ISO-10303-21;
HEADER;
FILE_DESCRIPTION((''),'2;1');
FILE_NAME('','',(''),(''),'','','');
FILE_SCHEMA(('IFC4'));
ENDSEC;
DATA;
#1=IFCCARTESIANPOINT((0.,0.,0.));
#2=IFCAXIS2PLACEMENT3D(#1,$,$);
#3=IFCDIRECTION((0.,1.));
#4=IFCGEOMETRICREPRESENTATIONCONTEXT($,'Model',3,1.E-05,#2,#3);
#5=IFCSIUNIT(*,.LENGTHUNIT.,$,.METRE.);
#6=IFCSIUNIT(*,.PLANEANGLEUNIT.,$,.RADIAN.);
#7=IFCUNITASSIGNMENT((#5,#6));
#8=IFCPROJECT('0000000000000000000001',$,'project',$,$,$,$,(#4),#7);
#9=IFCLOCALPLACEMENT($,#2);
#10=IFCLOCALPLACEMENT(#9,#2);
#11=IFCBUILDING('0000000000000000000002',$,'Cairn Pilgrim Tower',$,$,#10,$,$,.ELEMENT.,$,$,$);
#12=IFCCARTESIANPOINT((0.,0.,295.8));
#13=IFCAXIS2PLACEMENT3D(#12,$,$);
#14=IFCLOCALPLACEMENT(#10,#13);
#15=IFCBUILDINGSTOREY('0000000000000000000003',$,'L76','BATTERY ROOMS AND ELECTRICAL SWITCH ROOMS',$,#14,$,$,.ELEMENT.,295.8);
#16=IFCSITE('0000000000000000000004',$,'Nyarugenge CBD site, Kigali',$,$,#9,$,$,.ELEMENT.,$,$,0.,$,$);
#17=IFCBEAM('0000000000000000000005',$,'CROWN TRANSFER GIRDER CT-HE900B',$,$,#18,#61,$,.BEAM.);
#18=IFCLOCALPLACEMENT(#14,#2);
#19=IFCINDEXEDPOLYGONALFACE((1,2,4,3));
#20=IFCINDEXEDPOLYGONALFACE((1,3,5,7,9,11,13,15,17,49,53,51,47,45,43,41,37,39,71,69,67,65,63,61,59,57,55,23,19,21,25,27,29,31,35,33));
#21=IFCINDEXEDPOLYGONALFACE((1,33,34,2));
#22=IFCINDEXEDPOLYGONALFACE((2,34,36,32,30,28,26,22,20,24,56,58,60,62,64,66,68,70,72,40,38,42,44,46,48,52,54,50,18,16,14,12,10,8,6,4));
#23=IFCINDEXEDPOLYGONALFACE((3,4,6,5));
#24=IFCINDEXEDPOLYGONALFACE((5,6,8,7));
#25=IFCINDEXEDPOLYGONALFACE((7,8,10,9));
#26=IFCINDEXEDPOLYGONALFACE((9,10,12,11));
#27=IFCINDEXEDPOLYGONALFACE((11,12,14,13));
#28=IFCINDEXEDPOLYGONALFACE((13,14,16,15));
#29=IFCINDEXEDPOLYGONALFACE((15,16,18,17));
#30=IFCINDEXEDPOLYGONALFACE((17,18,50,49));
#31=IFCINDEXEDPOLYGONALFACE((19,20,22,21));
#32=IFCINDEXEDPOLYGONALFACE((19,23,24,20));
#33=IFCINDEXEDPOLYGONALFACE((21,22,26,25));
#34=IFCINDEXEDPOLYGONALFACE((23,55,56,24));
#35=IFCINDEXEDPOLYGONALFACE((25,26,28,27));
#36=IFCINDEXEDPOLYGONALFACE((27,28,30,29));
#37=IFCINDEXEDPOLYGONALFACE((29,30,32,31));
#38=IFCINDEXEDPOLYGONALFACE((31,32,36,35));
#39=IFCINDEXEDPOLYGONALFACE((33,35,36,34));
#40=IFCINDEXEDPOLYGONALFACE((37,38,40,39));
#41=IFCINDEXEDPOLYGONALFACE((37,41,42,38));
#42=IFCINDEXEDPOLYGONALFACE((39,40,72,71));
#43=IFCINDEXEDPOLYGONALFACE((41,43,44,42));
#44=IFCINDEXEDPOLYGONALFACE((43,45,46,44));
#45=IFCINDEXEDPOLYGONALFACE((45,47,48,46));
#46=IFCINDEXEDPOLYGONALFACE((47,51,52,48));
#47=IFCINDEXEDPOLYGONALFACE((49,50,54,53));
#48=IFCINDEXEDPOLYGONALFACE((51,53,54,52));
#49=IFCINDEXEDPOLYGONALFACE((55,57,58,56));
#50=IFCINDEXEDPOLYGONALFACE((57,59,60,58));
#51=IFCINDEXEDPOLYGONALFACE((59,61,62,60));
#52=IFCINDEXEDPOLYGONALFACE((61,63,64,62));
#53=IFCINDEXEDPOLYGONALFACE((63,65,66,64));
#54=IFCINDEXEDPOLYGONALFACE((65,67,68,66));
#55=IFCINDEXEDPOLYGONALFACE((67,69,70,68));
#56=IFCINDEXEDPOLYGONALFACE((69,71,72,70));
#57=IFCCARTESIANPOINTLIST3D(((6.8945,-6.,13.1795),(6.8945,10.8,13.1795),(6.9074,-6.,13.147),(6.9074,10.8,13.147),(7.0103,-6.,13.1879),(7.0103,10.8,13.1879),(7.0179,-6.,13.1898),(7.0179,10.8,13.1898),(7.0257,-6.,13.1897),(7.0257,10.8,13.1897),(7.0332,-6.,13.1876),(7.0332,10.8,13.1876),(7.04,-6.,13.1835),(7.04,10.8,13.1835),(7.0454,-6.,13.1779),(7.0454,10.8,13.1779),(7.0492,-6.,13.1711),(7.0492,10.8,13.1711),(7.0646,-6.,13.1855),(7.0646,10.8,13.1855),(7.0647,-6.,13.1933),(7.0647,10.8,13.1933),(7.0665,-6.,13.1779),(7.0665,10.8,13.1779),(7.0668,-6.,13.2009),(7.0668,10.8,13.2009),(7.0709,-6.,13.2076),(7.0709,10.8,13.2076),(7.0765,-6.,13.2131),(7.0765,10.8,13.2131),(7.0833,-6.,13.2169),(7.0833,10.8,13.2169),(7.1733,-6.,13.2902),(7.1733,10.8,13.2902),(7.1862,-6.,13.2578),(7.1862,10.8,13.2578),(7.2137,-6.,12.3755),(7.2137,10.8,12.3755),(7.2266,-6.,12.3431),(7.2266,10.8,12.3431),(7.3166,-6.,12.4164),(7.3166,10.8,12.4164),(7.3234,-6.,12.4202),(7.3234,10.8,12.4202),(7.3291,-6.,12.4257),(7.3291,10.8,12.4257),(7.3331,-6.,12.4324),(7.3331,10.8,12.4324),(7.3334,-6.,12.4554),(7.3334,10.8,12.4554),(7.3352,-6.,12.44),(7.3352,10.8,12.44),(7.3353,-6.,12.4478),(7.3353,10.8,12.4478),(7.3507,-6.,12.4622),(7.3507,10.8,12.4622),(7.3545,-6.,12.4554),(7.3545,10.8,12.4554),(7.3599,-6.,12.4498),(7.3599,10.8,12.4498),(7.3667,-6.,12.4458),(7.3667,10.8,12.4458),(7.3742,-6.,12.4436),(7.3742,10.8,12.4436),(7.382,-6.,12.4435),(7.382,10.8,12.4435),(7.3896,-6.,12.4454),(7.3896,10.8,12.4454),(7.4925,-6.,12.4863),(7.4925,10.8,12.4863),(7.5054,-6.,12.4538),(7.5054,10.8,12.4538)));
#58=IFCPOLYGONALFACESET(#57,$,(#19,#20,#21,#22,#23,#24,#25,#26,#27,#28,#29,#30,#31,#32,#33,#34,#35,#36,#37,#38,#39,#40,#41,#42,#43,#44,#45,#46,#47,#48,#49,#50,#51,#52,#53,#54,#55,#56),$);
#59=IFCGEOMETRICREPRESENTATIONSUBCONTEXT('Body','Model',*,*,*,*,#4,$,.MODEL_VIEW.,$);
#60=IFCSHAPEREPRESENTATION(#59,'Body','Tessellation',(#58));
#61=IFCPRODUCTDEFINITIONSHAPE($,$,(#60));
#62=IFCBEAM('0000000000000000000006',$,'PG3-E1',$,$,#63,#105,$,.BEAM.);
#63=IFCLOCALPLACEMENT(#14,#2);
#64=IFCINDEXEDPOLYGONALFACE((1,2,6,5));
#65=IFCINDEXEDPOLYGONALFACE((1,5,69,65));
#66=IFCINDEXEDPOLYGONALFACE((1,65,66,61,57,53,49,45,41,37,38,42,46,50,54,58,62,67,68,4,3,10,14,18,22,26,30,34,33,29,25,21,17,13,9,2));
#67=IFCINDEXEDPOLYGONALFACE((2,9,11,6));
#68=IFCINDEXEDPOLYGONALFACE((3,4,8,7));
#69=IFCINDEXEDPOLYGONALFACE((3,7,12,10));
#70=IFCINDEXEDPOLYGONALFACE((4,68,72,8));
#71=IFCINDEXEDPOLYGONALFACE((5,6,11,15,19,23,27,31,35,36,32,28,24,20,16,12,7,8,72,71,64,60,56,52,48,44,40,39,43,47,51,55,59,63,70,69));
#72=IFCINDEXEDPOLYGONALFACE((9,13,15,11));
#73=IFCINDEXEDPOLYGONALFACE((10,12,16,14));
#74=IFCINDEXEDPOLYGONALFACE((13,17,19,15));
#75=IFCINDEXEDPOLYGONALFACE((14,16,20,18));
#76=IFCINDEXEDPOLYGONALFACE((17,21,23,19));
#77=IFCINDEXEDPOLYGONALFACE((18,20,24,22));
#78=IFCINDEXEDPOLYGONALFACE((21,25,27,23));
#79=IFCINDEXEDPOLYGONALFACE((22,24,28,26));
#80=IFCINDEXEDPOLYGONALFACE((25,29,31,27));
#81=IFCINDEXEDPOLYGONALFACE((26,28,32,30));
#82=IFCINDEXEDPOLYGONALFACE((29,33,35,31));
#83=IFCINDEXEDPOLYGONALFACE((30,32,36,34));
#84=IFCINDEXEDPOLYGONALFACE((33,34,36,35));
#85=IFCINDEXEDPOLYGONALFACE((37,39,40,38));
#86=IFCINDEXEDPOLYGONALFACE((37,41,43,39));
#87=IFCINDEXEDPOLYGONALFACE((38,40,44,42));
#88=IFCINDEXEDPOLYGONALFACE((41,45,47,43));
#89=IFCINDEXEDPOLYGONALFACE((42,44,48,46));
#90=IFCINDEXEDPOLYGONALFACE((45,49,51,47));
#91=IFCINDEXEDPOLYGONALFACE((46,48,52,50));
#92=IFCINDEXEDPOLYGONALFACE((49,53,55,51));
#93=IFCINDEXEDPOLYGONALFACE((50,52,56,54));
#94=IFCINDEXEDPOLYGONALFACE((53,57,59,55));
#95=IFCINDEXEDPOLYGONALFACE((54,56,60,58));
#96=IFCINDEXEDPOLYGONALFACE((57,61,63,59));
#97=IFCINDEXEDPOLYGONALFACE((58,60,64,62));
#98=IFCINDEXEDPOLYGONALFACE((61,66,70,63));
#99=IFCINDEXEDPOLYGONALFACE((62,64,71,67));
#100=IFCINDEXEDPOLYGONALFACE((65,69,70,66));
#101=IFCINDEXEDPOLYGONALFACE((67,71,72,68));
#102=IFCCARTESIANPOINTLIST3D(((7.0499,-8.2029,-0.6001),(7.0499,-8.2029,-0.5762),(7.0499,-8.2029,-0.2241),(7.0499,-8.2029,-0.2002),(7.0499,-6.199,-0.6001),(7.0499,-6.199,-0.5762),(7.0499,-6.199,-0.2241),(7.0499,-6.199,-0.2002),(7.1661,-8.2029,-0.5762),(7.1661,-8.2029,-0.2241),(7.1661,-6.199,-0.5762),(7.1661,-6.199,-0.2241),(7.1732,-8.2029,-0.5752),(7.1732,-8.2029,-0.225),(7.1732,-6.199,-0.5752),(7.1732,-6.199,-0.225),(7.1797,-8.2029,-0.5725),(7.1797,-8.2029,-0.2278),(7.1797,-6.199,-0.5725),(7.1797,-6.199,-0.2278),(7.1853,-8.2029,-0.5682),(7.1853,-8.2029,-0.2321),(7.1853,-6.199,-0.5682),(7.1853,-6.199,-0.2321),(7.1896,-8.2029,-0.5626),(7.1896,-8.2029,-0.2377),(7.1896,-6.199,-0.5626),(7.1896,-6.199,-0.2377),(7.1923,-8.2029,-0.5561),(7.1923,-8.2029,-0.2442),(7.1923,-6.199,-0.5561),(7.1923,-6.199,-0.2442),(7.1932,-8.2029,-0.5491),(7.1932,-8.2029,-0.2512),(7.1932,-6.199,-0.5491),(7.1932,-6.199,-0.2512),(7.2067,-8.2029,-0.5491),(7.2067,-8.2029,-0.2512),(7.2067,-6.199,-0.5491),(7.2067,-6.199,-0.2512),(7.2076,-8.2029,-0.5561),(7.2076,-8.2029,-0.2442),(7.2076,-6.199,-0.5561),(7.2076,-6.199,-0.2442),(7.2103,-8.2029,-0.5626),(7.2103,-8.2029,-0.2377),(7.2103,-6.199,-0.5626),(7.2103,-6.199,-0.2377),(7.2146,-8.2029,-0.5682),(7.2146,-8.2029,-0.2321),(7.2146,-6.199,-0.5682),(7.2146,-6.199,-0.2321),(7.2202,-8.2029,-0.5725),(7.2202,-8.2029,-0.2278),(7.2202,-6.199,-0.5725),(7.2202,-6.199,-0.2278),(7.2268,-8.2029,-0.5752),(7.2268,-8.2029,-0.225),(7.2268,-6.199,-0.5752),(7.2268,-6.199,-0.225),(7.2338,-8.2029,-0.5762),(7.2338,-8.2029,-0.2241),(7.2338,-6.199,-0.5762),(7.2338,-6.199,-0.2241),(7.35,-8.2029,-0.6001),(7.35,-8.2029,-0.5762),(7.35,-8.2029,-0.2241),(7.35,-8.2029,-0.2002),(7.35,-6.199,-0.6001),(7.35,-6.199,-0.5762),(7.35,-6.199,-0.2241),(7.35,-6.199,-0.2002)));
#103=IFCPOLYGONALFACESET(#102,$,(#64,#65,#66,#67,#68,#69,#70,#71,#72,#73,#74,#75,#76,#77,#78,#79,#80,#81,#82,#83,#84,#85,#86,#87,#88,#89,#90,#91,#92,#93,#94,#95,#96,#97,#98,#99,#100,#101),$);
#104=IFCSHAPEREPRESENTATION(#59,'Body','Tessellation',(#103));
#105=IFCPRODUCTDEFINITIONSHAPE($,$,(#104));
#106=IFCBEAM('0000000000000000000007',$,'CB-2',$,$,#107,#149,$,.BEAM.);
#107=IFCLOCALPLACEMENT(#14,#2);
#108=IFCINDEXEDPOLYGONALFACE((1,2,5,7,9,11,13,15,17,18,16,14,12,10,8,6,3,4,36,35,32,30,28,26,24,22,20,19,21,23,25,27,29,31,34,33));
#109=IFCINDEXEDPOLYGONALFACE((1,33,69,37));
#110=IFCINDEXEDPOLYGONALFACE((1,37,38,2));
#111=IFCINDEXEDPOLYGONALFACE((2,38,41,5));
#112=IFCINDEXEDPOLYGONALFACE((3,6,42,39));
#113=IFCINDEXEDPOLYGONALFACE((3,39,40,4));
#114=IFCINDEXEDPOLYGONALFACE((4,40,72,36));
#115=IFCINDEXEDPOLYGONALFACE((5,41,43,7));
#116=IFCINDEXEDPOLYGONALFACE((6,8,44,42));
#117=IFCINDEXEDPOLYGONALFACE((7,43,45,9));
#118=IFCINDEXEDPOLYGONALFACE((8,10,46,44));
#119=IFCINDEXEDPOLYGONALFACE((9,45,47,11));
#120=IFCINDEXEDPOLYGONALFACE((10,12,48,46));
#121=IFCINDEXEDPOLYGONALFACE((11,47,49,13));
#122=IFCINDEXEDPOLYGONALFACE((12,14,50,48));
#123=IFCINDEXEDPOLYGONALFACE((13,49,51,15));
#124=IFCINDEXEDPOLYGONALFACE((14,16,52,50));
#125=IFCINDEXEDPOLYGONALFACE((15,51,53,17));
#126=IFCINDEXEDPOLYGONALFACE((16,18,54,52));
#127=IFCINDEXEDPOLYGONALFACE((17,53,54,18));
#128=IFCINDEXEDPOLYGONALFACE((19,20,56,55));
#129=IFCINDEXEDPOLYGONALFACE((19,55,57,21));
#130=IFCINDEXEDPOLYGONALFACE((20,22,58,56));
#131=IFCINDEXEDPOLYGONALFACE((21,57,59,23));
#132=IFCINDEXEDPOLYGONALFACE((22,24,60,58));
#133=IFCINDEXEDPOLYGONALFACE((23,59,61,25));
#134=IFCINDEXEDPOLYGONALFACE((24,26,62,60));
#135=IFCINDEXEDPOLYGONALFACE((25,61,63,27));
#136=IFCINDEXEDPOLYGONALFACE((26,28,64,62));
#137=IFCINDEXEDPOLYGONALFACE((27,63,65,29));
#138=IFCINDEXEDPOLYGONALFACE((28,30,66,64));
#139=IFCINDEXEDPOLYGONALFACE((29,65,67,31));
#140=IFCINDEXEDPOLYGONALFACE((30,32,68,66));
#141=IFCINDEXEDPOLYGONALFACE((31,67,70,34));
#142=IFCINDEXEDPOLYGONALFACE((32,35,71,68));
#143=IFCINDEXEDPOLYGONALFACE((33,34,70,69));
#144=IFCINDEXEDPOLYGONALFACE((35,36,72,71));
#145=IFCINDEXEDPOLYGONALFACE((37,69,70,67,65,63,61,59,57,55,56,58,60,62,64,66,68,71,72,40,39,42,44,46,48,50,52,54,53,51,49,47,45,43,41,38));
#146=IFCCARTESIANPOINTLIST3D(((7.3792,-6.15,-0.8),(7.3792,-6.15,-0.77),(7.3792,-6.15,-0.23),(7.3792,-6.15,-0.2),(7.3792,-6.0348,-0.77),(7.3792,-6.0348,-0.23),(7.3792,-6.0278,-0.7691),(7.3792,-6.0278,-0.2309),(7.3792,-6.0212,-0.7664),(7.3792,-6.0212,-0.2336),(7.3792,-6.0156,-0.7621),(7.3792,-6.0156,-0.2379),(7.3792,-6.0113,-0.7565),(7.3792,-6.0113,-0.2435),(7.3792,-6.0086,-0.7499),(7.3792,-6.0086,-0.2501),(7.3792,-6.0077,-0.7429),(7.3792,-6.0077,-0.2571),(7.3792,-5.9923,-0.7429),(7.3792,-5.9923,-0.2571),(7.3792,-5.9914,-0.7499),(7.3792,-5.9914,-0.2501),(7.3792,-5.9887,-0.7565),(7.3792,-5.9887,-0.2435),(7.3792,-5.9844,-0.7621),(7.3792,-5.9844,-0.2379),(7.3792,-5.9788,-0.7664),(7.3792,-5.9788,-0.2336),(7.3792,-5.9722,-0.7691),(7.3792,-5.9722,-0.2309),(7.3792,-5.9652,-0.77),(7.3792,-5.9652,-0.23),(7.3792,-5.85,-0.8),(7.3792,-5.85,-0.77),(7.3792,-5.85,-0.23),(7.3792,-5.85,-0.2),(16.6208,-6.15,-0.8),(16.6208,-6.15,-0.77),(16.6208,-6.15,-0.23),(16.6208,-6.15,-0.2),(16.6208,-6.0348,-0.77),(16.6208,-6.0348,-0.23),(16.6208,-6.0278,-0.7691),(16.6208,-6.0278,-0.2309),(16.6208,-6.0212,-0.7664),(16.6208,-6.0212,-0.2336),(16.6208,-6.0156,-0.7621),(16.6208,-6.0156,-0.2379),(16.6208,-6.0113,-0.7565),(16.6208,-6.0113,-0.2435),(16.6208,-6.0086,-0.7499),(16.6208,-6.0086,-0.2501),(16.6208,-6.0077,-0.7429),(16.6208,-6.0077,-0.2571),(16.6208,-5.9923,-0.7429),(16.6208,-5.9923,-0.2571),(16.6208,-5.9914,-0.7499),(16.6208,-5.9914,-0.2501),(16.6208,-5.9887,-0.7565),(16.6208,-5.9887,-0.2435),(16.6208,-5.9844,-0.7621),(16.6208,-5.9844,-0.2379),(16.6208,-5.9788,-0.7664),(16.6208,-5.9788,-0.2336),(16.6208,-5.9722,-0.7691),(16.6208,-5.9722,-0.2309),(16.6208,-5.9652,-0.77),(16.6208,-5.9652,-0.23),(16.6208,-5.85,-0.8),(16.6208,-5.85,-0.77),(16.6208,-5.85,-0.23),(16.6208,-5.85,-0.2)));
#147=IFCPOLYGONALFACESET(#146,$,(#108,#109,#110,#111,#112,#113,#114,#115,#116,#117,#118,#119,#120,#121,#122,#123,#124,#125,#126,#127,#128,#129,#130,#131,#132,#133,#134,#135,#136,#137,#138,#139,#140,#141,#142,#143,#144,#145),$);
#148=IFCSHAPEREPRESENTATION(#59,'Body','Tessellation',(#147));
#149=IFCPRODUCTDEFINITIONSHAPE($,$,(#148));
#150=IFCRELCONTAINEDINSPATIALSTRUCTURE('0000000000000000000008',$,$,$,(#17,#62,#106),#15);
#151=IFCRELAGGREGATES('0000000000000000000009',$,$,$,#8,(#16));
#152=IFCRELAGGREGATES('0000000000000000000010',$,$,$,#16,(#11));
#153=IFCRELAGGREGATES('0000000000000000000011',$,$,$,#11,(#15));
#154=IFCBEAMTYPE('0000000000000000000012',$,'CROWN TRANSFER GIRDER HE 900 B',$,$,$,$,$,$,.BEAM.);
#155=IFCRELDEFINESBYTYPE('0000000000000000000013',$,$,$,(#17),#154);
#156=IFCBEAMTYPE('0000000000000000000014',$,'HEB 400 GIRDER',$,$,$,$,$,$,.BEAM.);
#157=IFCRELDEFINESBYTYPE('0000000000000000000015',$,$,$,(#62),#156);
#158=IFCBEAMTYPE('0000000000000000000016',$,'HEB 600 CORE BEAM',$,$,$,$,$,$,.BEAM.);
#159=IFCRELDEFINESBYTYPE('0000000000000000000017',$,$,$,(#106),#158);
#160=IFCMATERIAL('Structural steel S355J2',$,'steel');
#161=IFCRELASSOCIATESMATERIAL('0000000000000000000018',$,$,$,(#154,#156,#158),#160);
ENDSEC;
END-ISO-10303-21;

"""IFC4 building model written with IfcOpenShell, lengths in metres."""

from ifc_helpers import new_model, si_unit, direction, frame, origin, origin_2d, place, context, subcontext, project, spatial, i_section, extrude, material, material_profile, profile_set, type_object, element, save


model = new_model("IFC4")

# Units and contexts
model_context = context("Model", 3, precision=1e-05, world=origin(), true_north=direction((0.0, 1.0)))
body_context = subcontext(model_context, "Body", "Model", "MODEL_VIEW")
ifc_project = project(units=[si_unit("LENGTHUNIT", "METRE"), si_unit("PLANEANGLEUNIT", "RADIAN")], contexts=[model_context])

# Site, building, storey
site_placement = place(None, origin())
site = spatial("IfcSite", under=ifc_project, at=site_placement, Name="Nyarugenge CBD site, Kigali", CompositionType="ELEMENT", RefElevation=0.0)
building_placement = place(site_placement, origin())
building = spatial("IfcBuilding", under=site, at=building_placement, Name="Cairn Pilgrim Tower", CompositionType="ELEMENT")
storey_placement = place(building_placement, frame((0.0, 0.0, 295.8)))
storey = spatial("IfcBuildingStorey", under=building, at=storey_placement, Name="L76", Description="BATTERY ROOMS AND ELECTRICAL SWITCH ROOMS", CompositionType="ELEMENT", Elevation=295.8)

# Shared definitions
ifc_material_1 = material(Name="Structural steel S355J2", Category="steel")

# Beams
ifc_material_profile_1 = material_profile(ifc_material_1, i_section(OverallWidth=0.3, OverallDepth=0.8999, WebThickness=0.0186, FlangeThickness=0.0349, FilletRadius=0.03, at=origin_2d()), Name="HEB 900")
ifc_profile_set_1 = profile_set([ifc_material_profile_1], Name="Structural steel S355J2")
beam_type_1 = type_object("IfcBeamType", Name="CROWN TRANSFER GIRDER HE 900 B", PredefinedType="BEAM", material=ifc_profile_set_1)
beam_1_placement = place(storey_placement, frame((7.2, -6.0, 12.8167), z_axis=(0.0, 1.0, 0.0), x_axis=(-0.929416, 0.0, -0.369033)))
element("IfcBeam", 1, at=beam_1_placement, inside=storey, type_object=beam_type_1, Name="CROWN TRANSFER GIRDER CT-HE900B", PredefinedType="BEAM", context=body_context, shape_type="SweptSolid", body=[
    extrude(i_section(OverallWidth=0.3, OverallDepth=0.8999, WebThickness=0.0186, FlangeThickness=0.0349, FilletRadius=0.03, at=origin_2d()), origin(), (0.0, 0.0, 1.0), 16.8),
])
ifc_material_profile_2 = material_profile(ifc_material_1, i_section(OverallWidth=0.3, OverallDepth=0.3999, WebThickness=0.0134, FlangeThickness=0.0239, FilletRadius=0.0271, at=origin_2d()), Name="HEB 400")
ifc_profile_set_2 = profile_set([ifc_material_profile_2], Name="Structural steel S355J2")
beam_type_2 = type_object("IfcBeamType", Name="HEB 400 GIRDER", PredefinedType="BEAM", material=ifc_profile_set_2)
beam_2_placement = place(storey_placement, frame((7.2, -8.2029, -0.4001), z_axis=(0.0, 1.0, 0.0), x_axis=(-1.0, 0.0, 0.0)))
element("IfcBeam", 2, at=beam_2_placement, inside=storey, type_object=beam_type_2, Name="PG3-E1", PredefinedType="BEAM", context=body_context, shape_type="SweptSolid", body=[
    extrude(i_section(OverallWidth=0.3, OverallDepth=0.3999, WebThickness=0.0134, FlangeThickness=0.0239, FilletRadius=0.0271, at=origin_2d()), origin(), (0.0, 0.0, 1.0), 2.0039),
])
ifc_material_profile_3 = material_profile(ifc_material_1, i_section(OverallWidth=0.3, OverallDepth=0.6001, WebThickness=0.0154, FlangeThickness=0.03, FilletRadius=0.0271, at=origin_2d()), Name="HEB 600")
ifc_profile_set_3 = profile_set([ifc_material_profile_3], Name="Structural steel S355J2")
beam_type_3 = type_object("IfcBeamType", Name="HEB 600 CORE BEAM", PredefinedType="BEAM", material=ifc_profile_set_3)
beam_3_placement = place(storey_placement, frame((7.3792, -6.0, -0.5), z_axis=(1.0, 0.0, 0.0), x_axis=(0.0, 1.0, 0.0)))
element("IfcBeam", 3, at=beam_3_placement, inside=storey, type_object=beam_type_3, Name="CB-2", PredefinedType="BEAM", context=body_context, shape_type="SweptSolid", body=[
    extrude(i_section(OverallWidth=0.3, OverallDepth=0.6001, WebThickness=0.0154, FlangeThickness=0.03, FilletRadius=0.0271, at=origin_2d()), origin(), (0.0, 0.0, 1.0), 9.2417),
])

save(model, "model.ifc")
